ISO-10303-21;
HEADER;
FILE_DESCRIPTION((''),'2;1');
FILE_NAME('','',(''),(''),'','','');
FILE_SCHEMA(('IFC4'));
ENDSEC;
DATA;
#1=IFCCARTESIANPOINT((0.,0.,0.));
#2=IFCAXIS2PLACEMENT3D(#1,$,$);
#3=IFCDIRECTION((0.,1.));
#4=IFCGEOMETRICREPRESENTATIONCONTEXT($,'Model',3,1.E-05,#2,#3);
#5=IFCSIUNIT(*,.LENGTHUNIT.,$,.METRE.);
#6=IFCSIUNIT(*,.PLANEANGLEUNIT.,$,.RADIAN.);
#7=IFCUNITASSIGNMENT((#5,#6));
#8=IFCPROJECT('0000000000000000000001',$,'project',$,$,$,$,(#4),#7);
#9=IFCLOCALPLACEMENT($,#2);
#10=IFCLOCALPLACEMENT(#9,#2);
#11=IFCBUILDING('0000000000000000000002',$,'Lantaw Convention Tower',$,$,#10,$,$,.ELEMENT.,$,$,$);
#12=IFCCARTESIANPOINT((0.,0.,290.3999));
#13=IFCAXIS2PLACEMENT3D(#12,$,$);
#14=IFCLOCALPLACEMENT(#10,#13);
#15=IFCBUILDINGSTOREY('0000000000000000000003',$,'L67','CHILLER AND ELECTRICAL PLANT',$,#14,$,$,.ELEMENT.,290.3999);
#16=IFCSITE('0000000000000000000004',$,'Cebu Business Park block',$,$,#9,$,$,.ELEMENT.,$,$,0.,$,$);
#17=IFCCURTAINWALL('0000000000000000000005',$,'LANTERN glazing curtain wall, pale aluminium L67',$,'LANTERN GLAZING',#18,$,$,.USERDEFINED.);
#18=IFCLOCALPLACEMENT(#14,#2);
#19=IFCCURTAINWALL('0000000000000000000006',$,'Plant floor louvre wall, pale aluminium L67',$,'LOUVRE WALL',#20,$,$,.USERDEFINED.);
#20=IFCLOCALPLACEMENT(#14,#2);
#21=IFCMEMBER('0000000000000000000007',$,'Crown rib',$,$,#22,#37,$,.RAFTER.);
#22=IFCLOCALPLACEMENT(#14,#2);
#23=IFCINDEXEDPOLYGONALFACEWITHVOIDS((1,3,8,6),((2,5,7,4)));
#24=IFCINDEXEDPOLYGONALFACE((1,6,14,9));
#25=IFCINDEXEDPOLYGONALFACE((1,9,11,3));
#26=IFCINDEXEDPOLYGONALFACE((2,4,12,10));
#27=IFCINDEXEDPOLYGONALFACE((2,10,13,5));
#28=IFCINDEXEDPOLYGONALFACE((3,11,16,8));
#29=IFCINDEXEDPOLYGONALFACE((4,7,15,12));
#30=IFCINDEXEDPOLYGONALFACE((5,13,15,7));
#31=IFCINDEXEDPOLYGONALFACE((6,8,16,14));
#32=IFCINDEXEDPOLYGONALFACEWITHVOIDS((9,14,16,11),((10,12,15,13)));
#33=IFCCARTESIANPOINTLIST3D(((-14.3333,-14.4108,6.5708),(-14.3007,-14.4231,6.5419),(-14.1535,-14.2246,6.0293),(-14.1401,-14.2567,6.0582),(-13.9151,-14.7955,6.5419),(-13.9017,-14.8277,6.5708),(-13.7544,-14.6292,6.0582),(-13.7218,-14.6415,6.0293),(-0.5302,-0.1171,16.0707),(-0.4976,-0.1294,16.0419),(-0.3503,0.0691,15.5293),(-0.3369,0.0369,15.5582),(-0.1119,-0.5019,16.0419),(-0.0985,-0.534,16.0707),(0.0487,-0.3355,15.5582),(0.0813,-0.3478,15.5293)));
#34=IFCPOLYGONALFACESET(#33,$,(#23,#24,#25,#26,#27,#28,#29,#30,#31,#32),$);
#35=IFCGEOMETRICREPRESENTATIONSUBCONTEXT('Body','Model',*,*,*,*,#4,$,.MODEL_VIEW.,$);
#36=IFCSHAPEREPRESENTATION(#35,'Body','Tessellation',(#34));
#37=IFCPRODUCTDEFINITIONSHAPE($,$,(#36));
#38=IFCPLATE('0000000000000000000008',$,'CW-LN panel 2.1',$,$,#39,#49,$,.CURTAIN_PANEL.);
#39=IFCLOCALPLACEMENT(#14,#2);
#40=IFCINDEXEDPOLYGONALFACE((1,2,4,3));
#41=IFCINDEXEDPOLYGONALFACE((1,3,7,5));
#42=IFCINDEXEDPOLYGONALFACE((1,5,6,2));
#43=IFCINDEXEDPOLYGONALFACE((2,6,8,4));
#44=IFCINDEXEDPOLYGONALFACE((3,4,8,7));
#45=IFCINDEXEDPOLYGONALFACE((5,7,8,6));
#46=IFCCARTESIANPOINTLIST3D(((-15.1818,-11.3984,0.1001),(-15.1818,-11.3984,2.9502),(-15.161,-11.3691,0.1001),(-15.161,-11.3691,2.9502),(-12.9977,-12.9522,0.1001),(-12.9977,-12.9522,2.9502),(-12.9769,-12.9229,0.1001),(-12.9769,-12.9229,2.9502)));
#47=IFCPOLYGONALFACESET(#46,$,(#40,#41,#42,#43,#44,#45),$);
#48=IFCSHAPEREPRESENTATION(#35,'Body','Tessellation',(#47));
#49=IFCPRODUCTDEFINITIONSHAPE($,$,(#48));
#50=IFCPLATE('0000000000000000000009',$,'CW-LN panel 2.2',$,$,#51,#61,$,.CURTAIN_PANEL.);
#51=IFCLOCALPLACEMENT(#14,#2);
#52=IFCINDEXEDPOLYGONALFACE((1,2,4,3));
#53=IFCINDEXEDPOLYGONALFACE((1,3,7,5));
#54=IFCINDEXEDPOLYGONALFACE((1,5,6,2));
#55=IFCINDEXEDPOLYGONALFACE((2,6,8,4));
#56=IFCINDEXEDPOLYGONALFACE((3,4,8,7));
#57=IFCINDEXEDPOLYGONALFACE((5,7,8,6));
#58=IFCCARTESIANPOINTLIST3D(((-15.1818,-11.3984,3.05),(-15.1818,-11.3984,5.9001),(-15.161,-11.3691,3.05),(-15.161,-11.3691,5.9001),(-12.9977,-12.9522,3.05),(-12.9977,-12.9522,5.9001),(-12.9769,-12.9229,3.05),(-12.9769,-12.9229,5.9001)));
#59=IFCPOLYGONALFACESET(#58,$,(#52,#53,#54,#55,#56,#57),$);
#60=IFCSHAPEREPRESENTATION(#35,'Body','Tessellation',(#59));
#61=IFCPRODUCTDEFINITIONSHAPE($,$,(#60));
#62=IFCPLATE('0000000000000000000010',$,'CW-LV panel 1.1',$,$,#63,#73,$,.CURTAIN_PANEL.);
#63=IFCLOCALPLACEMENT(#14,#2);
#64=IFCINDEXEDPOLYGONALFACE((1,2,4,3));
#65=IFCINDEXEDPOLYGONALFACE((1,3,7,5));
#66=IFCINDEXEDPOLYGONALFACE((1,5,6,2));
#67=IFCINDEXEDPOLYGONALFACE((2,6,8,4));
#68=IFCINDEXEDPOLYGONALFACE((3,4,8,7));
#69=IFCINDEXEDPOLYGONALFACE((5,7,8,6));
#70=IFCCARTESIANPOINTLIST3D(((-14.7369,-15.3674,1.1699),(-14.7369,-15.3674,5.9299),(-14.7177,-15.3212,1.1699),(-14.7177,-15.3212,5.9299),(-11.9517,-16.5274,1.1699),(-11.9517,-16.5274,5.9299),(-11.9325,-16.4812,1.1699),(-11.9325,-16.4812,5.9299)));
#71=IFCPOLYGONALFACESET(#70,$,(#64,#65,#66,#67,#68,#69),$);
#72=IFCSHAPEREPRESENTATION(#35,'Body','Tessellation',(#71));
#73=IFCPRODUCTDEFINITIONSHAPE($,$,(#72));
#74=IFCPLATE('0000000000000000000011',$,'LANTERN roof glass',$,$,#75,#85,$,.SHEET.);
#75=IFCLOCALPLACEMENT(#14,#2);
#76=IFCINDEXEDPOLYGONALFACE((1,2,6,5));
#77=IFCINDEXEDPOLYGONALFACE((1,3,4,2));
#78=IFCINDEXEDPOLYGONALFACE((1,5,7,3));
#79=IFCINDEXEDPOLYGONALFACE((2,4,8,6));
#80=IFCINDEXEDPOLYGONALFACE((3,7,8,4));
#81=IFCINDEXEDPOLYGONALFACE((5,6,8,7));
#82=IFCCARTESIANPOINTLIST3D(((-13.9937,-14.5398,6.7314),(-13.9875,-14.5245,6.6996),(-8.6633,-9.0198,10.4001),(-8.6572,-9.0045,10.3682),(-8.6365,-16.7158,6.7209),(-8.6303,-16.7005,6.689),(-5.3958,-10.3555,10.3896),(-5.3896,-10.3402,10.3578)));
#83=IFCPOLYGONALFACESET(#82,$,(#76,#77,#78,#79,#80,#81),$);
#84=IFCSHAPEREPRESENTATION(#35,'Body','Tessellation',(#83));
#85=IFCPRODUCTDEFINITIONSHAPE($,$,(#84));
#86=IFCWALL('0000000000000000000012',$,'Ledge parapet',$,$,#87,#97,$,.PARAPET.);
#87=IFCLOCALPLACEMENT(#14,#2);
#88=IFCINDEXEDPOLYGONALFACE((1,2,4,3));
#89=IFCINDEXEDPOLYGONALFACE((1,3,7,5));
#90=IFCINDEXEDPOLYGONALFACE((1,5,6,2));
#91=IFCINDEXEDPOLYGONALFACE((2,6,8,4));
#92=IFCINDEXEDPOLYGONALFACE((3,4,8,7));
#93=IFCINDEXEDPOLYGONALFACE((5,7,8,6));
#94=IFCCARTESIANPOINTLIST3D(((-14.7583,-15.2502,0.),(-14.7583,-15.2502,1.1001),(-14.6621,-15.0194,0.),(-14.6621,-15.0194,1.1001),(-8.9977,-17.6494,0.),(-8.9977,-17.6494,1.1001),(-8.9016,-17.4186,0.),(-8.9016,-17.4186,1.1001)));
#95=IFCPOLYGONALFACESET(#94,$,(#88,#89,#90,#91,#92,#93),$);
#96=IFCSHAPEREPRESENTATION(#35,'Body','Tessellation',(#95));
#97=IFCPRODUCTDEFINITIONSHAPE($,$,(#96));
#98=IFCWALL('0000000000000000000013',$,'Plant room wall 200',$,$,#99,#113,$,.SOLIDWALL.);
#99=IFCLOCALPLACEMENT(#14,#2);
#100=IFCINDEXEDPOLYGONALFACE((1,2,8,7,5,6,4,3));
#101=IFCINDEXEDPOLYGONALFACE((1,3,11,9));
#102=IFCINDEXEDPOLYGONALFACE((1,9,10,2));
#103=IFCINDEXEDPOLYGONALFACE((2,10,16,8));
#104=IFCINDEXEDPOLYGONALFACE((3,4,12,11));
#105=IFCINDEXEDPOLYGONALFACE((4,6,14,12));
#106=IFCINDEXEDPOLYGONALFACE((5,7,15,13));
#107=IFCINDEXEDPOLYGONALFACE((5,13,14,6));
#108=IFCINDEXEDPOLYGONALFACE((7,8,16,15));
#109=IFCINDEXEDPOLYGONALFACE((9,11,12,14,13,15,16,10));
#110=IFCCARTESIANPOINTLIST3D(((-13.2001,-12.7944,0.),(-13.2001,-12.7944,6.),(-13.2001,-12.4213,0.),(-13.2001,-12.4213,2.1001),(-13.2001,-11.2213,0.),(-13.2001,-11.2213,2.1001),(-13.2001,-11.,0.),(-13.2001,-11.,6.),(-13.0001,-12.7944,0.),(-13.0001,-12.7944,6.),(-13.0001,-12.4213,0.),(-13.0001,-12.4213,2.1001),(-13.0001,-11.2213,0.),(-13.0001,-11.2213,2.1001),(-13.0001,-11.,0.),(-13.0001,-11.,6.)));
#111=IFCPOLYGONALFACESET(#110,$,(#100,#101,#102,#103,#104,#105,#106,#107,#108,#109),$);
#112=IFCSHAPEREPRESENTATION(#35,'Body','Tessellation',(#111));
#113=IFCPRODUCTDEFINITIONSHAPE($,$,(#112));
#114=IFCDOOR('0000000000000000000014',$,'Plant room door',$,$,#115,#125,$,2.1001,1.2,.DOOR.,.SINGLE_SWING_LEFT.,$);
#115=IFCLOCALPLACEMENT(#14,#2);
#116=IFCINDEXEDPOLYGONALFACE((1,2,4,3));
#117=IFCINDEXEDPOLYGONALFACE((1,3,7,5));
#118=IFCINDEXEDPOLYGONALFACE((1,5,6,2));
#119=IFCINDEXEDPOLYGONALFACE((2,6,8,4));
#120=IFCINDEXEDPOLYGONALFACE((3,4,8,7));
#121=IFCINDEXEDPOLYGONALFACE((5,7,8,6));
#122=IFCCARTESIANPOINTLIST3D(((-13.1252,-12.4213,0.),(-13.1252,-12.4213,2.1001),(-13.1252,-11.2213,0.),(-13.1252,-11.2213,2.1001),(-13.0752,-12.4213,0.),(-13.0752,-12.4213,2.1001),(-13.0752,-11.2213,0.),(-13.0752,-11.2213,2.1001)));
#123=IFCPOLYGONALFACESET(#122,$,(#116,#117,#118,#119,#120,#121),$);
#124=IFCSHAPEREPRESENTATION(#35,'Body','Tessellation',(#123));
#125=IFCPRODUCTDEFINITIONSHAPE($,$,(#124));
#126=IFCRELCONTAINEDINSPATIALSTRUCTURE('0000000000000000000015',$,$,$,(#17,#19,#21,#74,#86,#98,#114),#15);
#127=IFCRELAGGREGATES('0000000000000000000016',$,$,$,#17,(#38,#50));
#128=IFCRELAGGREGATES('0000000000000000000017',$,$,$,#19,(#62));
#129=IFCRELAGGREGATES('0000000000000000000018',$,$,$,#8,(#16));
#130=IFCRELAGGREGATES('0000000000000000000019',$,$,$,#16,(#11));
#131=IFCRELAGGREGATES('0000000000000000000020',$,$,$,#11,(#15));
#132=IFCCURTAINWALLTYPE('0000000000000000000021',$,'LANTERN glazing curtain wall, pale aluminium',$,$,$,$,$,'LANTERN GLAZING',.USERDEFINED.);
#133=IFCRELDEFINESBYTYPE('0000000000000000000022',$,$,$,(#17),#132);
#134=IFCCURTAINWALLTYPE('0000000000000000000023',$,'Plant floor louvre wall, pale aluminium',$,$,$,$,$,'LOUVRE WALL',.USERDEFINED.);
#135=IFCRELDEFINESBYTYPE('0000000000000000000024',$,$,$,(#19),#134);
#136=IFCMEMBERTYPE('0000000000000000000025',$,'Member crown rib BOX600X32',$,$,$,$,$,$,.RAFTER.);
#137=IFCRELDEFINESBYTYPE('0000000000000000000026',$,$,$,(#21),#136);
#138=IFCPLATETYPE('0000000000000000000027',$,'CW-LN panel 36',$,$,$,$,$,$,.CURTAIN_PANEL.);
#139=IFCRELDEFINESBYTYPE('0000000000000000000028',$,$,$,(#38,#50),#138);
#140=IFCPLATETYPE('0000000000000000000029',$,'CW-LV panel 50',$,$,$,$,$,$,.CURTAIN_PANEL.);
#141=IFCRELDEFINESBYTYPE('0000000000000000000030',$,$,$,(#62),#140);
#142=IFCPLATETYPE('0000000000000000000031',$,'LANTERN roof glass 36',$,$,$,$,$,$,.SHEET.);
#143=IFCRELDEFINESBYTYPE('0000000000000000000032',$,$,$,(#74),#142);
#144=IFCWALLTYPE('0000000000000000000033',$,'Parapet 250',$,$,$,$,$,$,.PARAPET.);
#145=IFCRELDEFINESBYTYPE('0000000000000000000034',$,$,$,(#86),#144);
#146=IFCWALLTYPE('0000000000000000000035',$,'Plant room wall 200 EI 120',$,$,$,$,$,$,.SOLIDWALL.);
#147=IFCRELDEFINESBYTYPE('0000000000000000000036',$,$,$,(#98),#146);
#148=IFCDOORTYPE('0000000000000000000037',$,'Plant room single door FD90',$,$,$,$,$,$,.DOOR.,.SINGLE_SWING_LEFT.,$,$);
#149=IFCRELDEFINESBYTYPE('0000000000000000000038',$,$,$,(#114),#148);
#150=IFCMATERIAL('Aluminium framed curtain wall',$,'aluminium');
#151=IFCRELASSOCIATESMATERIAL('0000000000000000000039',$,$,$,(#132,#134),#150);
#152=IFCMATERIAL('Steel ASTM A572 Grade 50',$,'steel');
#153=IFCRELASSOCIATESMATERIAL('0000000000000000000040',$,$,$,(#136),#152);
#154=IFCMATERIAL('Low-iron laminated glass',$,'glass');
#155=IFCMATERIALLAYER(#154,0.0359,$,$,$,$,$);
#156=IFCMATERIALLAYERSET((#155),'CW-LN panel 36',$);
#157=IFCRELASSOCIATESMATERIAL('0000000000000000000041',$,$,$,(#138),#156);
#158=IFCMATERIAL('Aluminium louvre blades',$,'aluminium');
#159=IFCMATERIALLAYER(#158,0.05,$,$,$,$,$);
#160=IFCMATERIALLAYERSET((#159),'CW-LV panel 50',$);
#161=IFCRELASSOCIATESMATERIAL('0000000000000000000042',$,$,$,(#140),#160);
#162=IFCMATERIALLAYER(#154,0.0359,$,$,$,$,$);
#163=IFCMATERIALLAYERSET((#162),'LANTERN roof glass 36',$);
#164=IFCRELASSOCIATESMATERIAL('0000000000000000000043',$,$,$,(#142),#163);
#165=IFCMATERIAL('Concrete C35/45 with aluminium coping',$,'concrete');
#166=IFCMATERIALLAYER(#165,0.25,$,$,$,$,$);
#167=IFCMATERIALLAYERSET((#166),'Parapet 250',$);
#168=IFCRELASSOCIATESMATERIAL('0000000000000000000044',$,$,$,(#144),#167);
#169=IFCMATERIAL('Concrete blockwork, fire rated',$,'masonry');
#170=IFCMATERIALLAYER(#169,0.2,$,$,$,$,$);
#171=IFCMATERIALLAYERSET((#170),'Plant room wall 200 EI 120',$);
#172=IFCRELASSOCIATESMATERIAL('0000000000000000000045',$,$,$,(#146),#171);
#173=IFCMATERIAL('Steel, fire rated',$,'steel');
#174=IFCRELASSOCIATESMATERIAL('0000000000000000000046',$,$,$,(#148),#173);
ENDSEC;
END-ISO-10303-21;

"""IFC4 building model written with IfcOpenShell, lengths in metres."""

from ifc_helpers import new_model, si_unit, direction, frame, frame_2d, origin, origin_2d, place, context, subcontext, project, spatial, polyline, rectangle, hollow_rectangle, outline, extrude, material, layer, layer_set, material_profile, profile_set, type_object, element, fill, aggregate, save


model = new_model("IFC4")

# Units and contexts
model_context = context("Model", 3, precision=1e-05, world=origin(), true_north=direction((0.0, 1.0)))
body_context = subcontext(model_context, "Body", "Model", "MODEL_VIEW")
ifc_project = project(units=[si_unit("LENGTHUNIT", "METRE"), si_unit("PLANEANGLEUNIT", "RADIAN")], contexts=[model_context])

# Site, building, storey
site_placement = place(None, origin())
site = spatial("IfcSite", under=ifc_project, at=site_placement, Name="Cebu Business Park block", CompositionType="ELEMENT", RefElevation=0.0)
building_placement = place(site_placement, origin())
building = spatial("IfcBuilding", under=site, at=building_placement, Name="Lantaw Convention Tower", CompositionType="ELEMENT")
storey_placement = place(building_placement, frame((0.0, 0.0, 290.3999)))
storey = spatial("IfcBuildingStorey", under=building, at=storey_placement, Name="L67", Description="CHILLER AND ELECTRICAL PLANT", CompositionType="ELEMENT", Elevation=290.3999)

# Shared definitions
ifc_material_1 = material(Name="Steel ASTM A572 Grade 50", Category="steel")

# Curtain wall
ifc_material_2 = material(Name="Aluminium framed curtain wall", Category="aluminium")
curtain_wall_type_1 = type_object("IfcCurtainWallType", Name="LANTERN glazing curtain wall, pale aluminium", ElementType="LANTERN GLAZING", PredefinedType="USERDEFINED", material=ifc_material_2)
curtain_wall_1_placement = place(storey_placement, origin())
curtain_wall_1 = element("IfcCurtainWall", 1, at=curtain_wall_1_placement, inside=storey, type_object=curtain_wall_type_1, Name="LANTERN glazing curtain wall, pale aluminium L67", ObjectType="LANTERN GLAZING", PredefinedType="USERDEFINED")

# Shared definitions
curtain_wall_type_2 = type_object("IfcCurtainWallType", Name="Plant floor louvre wall, pale aluminium", ElementType="LOUVRE WALL", PredefinedType="USERDEFINED", material=ifc_material_2)

# Curtain wall
curtain_wall_2_placement = place(storey_placement, origin())
curtain_wall_2 = element("IfcCurtainWall", 2, at=curtain_wall_2_placement, inside=storey, type_object=curtain_wall_type_2, Name="Plant floor louvre wall, pale aluminium L67", ObjectType="LOUVRE WALL", PredefinedType="USERDEFINED")

# Member
ifc_material_profile_1 = material_profile(ifc_material_1, hollow_rectangle(XDim=0.6001, YDim=0.6001, WallThickness=0.032, at=origin_2d()), Name="BOX600X32")
ifc_profile_set_1 = profile_set([ifc_material_profile_1], Name="Steel ASTM A572 Grade 50")
member_type_1 = type_object("IfcMemberType", Name="Member crown rib BOX600X32", PredefinedType="RAFTER", material=ifc_profile_set_1)
member_1_placement = place(storey_placement, frame((-14.0276, -14.5261, 6.3), z_axis=(0.626715, 0.648984, 0.431333), x_axis=(-0.719341, 0.694657, 0.0)))
element("IfcMember", 3, at=member_1_placement, inside=storey, type_object=member_type_1, Name="Crown rib", PredefinedType="RAFTER", context=body_context, shape_type="SweptSolid", body=[
    extrude(hollow_rectangle(XDim=0.6001, YDim=0.6001, WallThickness=0.032, at=origin_2d()), origin(), (0.0, 0.0, 1.0), 22.0247),
])

# Plates
ifc_material_3 = material(Name="Low-iron laminated glass", Category="glass")
ifc_layer_1 = layer(ifc_material_3, 0.0359)
ifc_layer_set_1 = layer_set([ifc_layer_1], Name="CW-LN panel 36")
plate_type_1 = type_object("IfcPlateType", Name="CW-LN panel 36", PredefinedType="CURTAIN_PANEL", material=ifc_layer_set_1)
plate_1_placement = place(storey_placement, frame((-14.0793, -12.1606, 0.1001), z_axis=(0.0, 0.0, 1.0), x_axis=(0.814841, -0.579684, 0.0)))
plate_1 = element("IfcPlate", 4, at=plate_1_placement, type_object=plate_type_1, Name="CW-LN panel 2.1", PredefinedType="CURTAIN_PANEL", context=body_context, shape_type="SweptSolid", body=[
    extrude(rectangle(XDim=2.6804, YDim=0.0359, at=origin_2d()), origin(), (0.0, 0.0, 1.0), 2.8501),
])
plate_2_placement = place(storey_placement, frame((-14.0793, -12.1606, 3.05), z_axis=(0.0, 0.0, 1.0), x_axis=(0.814841, -0.579684, 0.0)))
plate_2 = element("IfcPlate", 5, at=plate_2_placement, type_object=plate_type_1, Name="CW-LN panel 2.2", PredefinedType="CURTAIN_PANEL", context=body_context, shape_type="SweptSolid", body=[
    extrude(rectangle(XDim=2.6804, YDim=0.0359, at=origin_2d()), origin(), (0.0, 0.0, 1.0), 2.8501),
])
aggregate(curtain_wall_1, [plate_1, plate_2])
ifc_material_4 = material(Name="Aluminium louvre blades", Category="aluminium")
ifc_layer_2 = layer(ifc_material_4, 0.05)
ifc_layer_set_2 = layer_set([ifc_layer_2], Name="CW-LV panel 50")
plate_type_2 = type_object("IfcPlateType", Name="CW-LV panel 50", PredefinedType="CURTAIN_PANEL", material=ifc_layer_set_2)
plate_3_placement = place(storey_placement, frame((-13.3347, -15.9243, 1.1699), z_axis=(0.0, 0.0, 1.0), x_axis=(0.923142, -0.38446, 0.0)))
plate_3 = element("IfcPlate", 6, at=plate_3_placement, type_object=plate_type_2, Name="CW-LV panel 1.1", PredefinedType="CURTAIN_PANEL", context=body_context, shape_type="SweptSolid", body=[
    extrude(rectangle(XDim=3.0171, YDim=0.05, at=origin_2d()), origin(), (0.0, 0.0, 1.0), 4.76),
])
aggregate(curtain_wall_2, [plate_3])
ifc_layer_3 = layer(ifc_material_3, 0.0359)
ifc_layer_set_3 = layer_set([ifc_layer_3], Name="LANTERN roof glass 36")
plate_type_3 = type_object("IfcPlateType", Name="LANTERN roof glass 36", PredefinedType="SHEET", material=ifc_layer_set_3)
plate_4_placement = place(storey_placement, frame((-13.9937, -14.5398, 6.7314), z_axis=(-0.171062, -0.425439, 0.888673), x_axis=(0.926486, -0.376326, -0.00182)))
element("IfcPlate", 7, at=plate_4_placement, inside=storey, type_object=plate_type_3, Name="LANTERN roof glass", PredefinedType="SHEET", context=body_context, shape_type="SweptSolid", body=[
    extrude(outline(polyline([(0.0, 0.0), (5.7823, 0.0), (6.3845, 8.0033), (2.8545, 8.0121), (0.0, 0.0)])), origin(), (0.0, 0.0, -1.0), 0.0359),
])

# Wall
ifc_material_5 = material(Name="Concrete C35/45 with aluminium coping", Category="concrete")
ifc_layer_4 = layer(ifc_material_5, 0.25)
ifc_layer_set_4 = layer_set([ifc_layer_4], Name="Parapet 250")
wall_type_1 = type_object("IfcWallType", Name="Parapet 250", PredefinedType="PARAPET", material=ifc_layer_set_4)
wall_1_placement = place(storey_placement, frame((-14.7102, -15.1348, 0.0), z_axis=(0.0, 0.0, 1.0), x_axis=(0.923136, -0.384474, 0.0)))
element("IfcWall", 8, at=wall_1_placement, inside=storey, type_object=wall_type_1, Name="Ledge parapet", PredefinedType="PARAPET", context=body_context, shape_type="SweptSolid", body=[
    extrude(rectangle(XDim=6.2402, YDim=0.25, at=frame_2d((3.1201, 0.0))), origin(), (0.0, 0.0, 1.0), 1.1001),
])

# Wall, opening, door
ifc_material_6 = material(Name="Concrete blockwork, fire rated", Category="masonry")
ifc_layer_5 = layer(ifc_material_6, 0.2)
ifc_layer_set_5 = layer_set([ifc_layer_5], Name="Plant room wall 200 EI 120")
wall_type_2 = type_object("IfcWallType", Name="Plant room wall 200 EI 120", PredefinedType="SOLIDWALL", material=ifc_layer_set_5)
wall_2_placement = place(storey_placement, frame((-13.1001, -11.0, 0.0), z_axis=(0.0, 0.0, 1.0), x_axis=(0.0, -1.0, 0.0)))
wall_2 = element("IfcWall", 9, at=wall_2_placement, inside=storey, type_object=wall_type_2, Name="Plant room wall 200", PredefinedType="SOLIDWALL", context=body_context, shape_type="SweptSolid", body=[
    extrude(rectangle(XDim=1.7944, YDim=0.2, at=frame_2d((0.8972, 0.0))), origin(), (0.0, 0.0, 1.0), 6.0),
])
opening_placement = place(wall_2_placement, frame((0.2212, 0.0, 0.0)))
opening = element("IfcOpeningElement", 10, at=opening_placement, cuts=wall_2, PredefinedType="OPENING", context=body_context, shape_type="SweptSolid", body=[
    extrude(rectangle(XDim=1.2, YDim=2.1001, at=frame_2d((0.6001, 1.05))), frame((0.0, 0.1099, 0.0), z_axis=(0.0, -1.0, 0.0), x_axis=(1.0, 0.0, 0.0)), (0.0, 0.0, 1.0), 0.22),
])
ifc_material_7 = material(Name="Steel, fire rated", Category="steel")
door_type = type_object("IfcDoorType", Name="Plant room single door FD90", OperationType="SINGLE_SWING_LEFT", PredefinedType="DOOR", material=ifc_material_7)
door_placement = place(opening_placement, origin())
door = element("IfcDoor", 11, at=door_placement, inside=storey, type_object=door_type, Name="Plant room door", OperationType="SINGLE_SWING_LEFT", OverallHeight=2.1001, OverallWidth=1.2, PredefinedType="DOOR", context=body_context, shape_type="SweptSolid", body=[
    extrude(rectangle(XDim=1.2, YDim=2.1001, at=frame_2d((0.6001, 1.05))), frame((0.0, 0.0249, 0.0), z_axis=(0.0, -1.0, 0.0), x_axis=(1.0, 0.0, 0.0)), (0.0, 0.0, 1.0), 0.05),
])
fill(opening, door)

save(model, "model.ifc")
